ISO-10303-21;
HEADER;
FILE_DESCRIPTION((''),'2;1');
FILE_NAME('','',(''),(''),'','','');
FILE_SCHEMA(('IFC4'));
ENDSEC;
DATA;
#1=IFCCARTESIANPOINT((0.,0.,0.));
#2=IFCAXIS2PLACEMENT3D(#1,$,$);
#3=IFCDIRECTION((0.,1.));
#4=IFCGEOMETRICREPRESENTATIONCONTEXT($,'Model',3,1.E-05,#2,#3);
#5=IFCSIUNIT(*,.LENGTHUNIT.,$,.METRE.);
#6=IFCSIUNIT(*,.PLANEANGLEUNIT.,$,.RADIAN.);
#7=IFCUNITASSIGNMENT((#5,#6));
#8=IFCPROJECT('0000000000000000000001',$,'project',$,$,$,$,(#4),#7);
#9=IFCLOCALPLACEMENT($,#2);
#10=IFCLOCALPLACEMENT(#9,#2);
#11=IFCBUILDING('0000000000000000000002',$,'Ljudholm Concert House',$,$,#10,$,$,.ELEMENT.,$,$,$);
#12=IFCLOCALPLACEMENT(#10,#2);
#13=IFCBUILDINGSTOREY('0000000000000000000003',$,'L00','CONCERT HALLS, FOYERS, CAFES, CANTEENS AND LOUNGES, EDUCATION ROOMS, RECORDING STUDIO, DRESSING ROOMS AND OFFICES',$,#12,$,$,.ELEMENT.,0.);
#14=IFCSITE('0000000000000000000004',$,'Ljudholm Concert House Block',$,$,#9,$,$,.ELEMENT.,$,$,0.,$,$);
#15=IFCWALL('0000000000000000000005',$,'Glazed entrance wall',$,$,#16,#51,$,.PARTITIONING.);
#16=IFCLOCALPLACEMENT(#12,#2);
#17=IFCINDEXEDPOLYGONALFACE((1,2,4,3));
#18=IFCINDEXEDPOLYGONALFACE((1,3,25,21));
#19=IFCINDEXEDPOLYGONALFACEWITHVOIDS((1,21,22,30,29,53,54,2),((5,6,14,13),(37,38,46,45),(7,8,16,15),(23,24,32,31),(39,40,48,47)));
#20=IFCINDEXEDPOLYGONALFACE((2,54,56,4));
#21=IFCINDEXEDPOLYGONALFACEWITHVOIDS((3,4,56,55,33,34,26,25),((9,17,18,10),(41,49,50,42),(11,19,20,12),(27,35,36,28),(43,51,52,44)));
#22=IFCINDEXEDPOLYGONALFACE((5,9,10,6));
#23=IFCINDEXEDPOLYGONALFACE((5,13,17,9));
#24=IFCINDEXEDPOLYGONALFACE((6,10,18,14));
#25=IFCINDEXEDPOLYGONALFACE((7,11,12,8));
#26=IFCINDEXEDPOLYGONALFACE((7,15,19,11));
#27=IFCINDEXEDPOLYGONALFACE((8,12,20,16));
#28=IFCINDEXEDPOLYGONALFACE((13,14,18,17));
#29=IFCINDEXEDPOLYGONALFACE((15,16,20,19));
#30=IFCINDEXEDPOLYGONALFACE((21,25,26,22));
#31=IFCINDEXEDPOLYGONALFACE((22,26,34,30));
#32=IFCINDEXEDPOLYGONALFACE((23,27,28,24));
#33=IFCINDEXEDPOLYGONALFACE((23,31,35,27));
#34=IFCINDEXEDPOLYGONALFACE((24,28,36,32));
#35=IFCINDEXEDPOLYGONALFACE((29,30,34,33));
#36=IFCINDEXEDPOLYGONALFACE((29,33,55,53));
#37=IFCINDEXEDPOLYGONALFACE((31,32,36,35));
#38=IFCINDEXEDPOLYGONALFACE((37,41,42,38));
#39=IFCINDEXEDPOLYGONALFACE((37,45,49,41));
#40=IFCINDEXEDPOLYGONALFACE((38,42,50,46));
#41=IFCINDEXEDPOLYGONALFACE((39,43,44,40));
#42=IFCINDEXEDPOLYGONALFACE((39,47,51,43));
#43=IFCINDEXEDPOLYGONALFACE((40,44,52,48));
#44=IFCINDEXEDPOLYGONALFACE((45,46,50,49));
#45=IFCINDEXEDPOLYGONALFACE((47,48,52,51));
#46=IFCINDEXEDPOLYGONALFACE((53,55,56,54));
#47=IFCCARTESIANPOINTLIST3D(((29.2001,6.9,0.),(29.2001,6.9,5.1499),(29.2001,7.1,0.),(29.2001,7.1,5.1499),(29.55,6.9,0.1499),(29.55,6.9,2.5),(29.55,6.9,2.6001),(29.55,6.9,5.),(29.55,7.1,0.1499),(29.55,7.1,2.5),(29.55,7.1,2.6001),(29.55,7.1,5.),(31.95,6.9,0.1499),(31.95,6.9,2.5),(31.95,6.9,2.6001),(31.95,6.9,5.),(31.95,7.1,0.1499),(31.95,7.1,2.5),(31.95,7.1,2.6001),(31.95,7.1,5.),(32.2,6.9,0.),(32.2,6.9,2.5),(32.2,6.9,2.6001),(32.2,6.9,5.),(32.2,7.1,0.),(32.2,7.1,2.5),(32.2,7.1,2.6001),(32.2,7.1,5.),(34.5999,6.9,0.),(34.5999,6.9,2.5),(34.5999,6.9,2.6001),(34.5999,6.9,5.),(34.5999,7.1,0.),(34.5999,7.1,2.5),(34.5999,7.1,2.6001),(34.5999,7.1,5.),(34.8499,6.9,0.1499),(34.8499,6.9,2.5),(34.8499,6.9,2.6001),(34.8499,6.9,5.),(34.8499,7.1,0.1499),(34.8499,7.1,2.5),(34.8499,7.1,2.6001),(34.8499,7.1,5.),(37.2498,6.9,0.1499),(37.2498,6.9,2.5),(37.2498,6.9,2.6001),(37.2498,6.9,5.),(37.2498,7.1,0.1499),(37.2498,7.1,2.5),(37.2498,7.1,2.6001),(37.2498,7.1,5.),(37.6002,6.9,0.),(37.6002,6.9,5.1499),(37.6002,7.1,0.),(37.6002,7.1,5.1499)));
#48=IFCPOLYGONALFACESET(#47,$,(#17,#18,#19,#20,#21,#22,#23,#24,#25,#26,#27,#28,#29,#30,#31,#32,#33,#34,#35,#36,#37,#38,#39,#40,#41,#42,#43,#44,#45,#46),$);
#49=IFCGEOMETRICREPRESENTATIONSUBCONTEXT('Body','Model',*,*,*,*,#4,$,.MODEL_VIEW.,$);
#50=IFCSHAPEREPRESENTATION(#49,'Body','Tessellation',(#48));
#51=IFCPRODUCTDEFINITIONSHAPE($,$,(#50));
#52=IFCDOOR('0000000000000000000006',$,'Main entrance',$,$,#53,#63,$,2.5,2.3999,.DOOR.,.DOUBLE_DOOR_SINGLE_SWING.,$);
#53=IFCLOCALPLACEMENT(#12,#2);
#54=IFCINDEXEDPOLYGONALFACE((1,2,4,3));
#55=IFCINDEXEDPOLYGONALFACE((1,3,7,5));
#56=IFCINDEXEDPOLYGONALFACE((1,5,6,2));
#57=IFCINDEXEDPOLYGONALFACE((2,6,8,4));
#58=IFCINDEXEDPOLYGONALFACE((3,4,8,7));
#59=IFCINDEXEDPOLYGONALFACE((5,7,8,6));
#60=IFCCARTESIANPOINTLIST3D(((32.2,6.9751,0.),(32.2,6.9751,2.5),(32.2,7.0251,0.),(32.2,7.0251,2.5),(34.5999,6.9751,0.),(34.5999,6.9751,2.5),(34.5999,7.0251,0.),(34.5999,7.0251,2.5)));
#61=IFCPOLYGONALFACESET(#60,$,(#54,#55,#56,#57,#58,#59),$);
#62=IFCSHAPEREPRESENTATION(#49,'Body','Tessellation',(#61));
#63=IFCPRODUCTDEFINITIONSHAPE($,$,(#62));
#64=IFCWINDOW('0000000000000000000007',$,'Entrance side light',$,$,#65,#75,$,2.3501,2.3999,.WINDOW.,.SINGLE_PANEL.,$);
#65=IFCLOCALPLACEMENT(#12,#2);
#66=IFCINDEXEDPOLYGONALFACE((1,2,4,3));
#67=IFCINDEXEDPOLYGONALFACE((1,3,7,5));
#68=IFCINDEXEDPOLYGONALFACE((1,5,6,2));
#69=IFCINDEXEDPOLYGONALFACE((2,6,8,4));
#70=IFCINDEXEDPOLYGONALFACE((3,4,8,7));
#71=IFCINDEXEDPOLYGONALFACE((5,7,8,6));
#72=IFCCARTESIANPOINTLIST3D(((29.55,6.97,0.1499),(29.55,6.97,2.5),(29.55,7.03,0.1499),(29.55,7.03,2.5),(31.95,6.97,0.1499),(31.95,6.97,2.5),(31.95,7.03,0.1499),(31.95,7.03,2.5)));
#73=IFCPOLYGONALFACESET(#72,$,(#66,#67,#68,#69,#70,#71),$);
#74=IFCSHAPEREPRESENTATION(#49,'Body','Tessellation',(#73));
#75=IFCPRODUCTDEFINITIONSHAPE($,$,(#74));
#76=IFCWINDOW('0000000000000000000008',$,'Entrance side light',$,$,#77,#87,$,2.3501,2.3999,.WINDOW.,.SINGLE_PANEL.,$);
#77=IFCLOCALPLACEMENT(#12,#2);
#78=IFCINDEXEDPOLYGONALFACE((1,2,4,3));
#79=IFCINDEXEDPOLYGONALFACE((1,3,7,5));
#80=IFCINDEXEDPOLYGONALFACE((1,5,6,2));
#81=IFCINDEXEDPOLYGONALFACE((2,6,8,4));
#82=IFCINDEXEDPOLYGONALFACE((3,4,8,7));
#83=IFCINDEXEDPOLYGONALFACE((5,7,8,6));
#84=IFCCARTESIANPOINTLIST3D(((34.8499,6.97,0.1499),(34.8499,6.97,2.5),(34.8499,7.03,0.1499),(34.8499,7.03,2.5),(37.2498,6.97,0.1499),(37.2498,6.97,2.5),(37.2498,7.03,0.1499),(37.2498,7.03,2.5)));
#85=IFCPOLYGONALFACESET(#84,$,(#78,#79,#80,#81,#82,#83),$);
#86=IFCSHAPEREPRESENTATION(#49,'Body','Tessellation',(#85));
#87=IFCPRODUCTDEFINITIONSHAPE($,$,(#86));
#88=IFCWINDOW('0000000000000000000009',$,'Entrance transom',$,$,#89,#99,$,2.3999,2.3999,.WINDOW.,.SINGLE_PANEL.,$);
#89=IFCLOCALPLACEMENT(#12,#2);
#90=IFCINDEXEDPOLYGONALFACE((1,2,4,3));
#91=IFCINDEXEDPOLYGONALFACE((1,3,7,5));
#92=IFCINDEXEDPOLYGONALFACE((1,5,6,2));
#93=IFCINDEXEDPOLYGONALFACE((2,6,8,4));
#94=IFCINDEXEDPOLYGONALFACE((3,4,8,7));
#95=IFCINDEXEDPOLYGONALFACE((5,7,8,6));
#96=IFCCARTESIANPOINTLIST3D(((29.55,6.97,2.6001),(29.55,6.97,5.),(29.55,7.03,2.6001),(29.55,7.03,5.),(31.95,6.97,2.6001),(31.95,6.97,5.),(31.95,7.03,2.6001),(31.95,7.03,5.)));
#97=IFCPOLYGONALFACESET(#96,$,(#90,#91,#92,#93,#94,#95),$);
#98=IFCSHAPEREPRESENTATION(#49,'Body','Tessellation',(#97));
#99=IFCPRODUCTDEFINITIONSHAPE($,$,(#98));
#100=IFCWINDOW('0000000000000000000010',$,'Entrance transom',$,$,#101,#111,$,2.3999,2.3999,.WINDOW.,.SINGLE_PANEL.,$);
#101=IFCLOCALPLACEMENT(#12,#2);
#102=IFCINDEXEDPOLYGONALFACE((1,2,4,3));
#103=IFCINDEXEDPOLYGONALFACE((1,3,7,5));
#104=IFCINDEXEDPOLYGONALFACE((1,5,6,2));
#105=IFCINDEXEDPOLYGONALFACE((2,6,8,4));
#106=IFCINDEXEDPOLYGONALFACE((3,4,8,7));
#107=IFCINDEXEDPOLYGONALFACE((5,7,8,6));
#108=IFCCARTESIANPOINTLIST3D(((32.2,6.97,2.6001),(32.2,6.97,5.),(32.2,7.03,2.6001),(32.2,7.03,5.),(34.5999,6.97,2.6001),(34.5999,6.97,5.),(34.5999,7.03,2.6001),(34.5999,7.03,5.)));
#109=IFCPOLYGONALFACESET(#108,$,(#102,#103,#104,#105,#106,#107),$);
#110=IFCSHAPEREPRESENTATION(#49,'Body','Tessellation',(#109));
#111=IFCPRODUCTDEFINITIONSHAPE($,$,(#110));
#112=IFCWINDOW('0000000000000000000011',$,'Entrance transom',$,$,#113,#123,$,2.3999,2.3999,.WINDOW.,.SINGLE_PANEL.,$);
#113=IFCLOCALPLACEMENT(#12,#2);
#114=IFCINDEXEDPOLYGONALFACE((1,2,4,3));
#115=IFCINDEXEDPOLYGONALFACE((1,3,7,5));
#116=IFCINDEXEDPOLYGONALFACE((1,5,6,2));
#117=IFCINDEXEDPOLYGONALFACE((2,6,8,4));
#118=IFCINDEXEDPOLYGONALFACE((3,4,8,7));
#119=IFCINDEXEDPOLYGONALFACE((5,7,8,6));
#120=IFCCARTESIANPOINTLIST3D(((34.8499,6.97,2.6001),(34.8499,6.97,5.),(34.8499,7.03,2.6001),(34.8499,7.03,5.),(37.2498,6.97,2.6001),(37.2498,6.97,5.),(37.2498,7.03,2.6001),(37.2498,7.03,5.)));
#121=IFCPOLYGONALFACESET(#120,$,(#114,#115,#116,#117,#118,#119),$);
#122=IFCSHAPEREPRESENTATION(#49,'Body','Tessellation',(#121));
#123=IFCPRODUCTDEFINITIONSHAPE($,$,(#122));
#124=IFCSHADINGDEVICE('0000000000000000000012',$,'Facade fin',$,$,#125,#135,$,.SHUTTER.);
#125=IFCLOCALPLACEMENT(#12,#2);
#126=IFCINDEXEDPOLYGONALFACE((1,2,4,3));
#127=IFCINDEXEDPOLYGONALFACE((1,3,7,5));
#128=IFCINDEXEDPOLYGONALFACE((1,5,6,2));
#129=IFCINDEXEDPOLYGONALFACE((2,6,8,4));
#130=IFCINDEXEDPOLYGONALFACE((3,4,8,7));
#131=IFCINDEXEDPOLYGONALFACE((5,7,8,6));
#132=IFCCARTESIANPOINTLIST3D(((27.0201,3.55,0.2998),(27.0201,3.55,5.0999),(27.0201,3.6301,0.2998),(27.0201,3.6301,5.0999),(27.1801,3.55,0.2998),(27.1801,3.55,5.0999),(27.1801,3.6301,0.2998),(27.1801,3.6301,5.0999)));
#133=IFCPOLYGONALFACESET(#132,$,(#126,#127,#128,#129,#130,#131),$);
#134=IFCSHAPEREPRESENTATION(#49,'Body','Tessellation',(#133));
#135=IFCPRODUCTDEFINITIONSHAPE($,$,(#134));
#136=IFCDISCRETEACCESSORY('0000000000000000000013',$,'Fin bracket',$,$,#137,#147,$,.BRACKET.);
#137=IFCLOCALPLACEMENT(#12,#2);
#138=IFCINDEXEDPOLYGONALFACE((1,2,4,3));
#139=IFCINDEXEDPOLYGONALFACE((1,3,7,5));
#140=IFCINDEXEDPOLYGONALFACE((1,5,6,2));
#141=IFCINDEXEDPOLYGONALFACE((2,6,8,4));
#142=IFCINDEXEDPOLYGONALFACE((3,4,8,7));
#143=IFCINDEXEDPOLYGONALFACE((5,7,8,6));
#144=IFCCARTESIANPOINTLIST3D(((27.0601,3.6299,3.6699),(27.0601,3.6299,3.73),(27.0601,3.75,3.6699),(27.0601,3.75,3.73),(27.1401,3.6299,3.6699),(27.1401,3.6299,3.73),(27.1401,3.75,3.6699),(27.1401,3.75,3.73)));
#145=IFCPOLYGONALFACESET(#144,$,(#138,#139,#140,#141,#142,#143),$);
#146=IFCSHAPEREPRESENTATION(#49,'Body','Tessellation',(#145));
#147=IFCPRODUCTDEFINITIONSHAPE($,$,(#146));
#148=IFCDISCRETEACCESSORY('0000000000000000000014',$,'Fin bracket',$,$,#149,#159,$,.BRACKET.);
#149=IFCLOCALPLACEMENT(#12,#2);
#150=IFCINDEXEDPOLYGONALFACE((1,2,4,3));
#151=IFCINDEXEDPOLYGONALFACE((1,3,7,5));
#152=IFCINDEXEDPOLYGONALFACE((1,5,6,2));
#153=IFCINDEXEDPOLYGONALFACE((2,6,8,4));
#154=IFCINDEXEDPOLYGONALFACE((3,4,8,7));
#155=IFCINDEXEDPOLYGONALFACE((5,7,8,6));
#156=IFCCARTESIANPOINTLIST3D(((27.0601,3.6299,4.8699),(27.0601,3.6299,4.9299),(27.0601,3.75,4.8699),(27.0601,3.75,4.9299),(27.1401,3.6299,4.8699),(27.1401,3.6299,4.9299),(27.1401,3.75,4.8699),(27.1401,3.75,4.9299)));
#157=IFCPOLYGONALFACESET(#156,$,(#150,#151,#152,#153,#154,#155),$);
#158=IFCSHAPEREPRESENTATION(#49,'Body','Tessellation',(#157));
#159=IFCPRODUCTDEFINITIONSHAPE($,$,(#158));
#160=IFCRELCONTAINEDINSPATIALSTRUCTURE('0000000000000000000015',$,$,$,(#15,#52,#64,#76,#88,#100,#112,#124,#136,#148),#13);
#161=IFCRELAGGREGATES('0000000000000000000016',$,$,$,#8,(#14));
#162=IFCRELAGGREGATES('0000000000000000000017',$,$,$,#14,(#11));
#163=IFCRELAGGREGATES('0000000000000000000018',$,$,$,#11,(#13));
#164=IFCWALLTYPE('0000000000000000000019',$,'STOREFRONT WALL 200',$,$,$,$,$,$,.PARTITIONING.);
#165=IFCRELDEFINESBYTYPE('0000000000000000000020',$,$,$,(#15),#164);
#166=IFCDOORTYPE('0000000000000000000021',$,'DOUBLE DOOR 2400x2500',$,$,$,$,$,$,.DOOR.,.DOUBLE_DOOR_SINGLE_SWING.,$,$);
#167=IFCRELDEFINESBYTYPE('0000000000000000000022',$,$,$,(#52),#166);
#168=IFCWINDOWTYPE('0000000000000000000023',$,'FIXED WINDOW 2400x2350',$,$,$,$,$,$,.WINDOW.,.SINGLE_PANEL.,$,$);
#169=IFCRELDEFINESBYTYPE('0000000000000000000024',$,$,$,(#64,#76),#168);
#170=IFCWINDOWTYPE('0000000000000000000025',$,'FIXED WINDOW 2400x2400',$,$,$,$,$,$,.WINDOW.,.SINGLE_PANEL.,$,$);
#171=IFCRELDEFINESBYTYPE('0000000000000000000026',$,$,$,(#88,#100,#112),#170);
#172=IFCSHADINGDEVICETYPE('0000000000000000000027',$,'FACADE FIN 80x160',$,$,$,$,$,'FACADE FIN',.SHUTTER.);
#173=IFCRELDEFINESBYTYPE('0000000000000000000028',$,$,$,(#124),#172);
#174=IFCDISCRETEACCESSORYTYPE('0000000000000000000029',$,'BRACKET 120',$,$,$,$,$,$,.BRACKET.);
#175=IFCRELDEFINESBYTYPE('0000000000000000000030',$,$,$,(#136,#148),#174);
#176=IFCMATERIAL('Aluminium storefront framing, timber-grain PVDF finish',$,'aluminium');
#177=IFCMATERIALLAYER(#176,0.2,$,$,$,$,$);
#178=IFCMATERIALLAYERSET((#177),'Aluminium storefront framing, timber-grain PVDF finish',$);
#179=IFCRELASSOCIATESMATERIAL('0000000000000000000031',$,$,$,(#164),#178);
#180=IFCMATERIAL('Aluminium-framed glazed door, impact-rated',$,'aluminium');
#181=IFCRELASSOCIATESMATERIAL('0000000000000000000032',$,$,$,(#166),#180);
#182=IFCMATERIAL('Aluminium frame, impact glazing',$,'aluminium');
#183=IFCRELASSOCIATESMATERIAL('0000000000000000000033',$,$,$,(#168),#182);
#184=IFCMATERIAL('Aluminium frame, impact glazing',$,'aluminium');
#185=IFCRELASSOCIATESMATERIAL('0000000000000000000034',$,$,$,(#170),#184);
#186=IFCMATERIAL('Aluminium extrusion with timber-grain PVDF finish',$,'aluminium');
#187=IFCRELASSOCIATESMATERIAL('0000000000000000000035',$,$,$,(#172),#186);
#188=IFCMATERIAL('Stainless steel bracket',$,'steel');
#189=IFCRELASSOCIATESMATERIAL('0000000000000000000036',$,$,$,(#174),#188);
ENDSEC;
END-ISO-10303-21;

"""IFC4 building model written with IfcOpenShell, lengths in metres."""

from ifc_helpers import new_model, si_unit, direction, frame, frame_2d, origin, origin_2d, place, context, subcontext, project, spatial, rectangle, extrude, material, layer, layer_set, type_object, element, fill, save


model = new_model("IFC4")

# Units and contexts
model_context = context("Model", 3, precision=1e-05, world=origin(), true_north=direction((0.0, 1.0)))
body_context = subcontext(model_context, "Body", "Model", "MODEL_VIEW")
ifc_project = project(units=[si_unit("LENGTHUNIT", "METRE"), si_unit("PLANEANGLEUNIT", "RADIAN")], contexts=[model_context])

# Site, building, storey
site_placement = place(None, origin())
site = spatial("IfcSite", under=ifc_project, at=site_placement, Name="Ljudholm Concert House Block", CompositionType="ELEMENT", RefElevation=0.0)
building_placement = place(site_placement, origin())
building = spatial("IfcBuilding", under=site, at=building_placement, Name="Ljudholm Concert House", CompositionType="ELEMENT")
storey_placement = place(building_placement, origin())
storey = spatial("IfcBuildingStorey", under=building, at=storey_placement, Name="L00", Description="CONCERT HALLS, FOYERS, CAFES, CANTEENS AND LOUNGES, EDUCATION ROOMS, RECORDING STUDIO, DRESSING ROOMS AND OFFICES", CompositionType="ELEMENT", Elevation=0.0)

# Wall, openings, door, windows
ifc_material_1 = material(Name="Aluminium storefront framing, timber-grain PVDF finish", Category="aluminium")
ifc_layer_1 = layer(ifc_material_1, 0.2)
ifc_layer_set_1 = layer_set([ifc_layer_1], Name="Aluminium storefront framing, timber-grain PVDF finish")
wall_type_1 = type_object("IfcWallType", Name="STOREFRONT WALL 200", PredefinedType="PARTITIONING", material=ifc_layer_set_1)
wall_1_placement = place(storey_placement, frame((29.2, 7.0, 0.0), z_axis=(0.0, 0.0, 1.0), x_axis=(1.0, 0.0, 0.0)))
wall_1 = element("IfcWall", 1, at=wall_1_placement, inside=storey, type_object=wall_type_1, Name="Glazed entrance wall", PredefinedType="PARTITIONING", context=body_context, shape_type="SweptSolid", body=[
    extrude(rectangle(XDim=8.4001, YDim=0.2, at=frame_2d((4.2002, 0.0))), origin(), (0.0, 0.0, 1.0), 5.1499),
])
opening_1_placement = place(wall_1_placement, frame((3.0, 0.0, 0.0)))
opening_1 = element("IfcOpeningElement", 2, at=opening_1_placement, cuts=wall_1, PredefinedType="OPENING", context=body_context, shape_type="SweptSolid", body=[
    extrude(rectangle(XDim=2.3999, YDim=2.5, at=frame_2d((1.2, 1.25))), frame((0.0, 0.1099, 0.0), z_axis=(0.0, -1.0, 0.0), x_axis=(1.0, 0.0, 0.0)), (0.0, 0.0, 1.0), 0.22),
])
opening_2_placement = place(wall_1_placement, frame((0.3501, 0.0, 0.1499)))
opening_2 = element("IfcOpeningElement", 3, at=opening_2_placement, cuts=wall_1, PredefinedType="OPENING", context=body_context, shape_type="SweptSolid", body=[
    extrude(rectangle(XDim=2.3999, YDim=2.3501, at=frame_2d((1.2, 1.175))), frame((0.0, 0.1099, 0.0), z_axis=(0.0, -1.0, 0.0), x_axis=(1.0, 0.0, 0.0)), (0.0, 0.0, 1.0), 0.22),
])
opening_3_placement = place(wall_1_placement, frame((5.6499, 0.0, 0.1499)))
opening_3 = element("IfcOpeningElement", 4, at=opening_3_placement, cuts=wall_1, PredefinedType="OPENING", context=body_context, shape_type="SweptSolid", body=[
    extrude(rectangle(XDim=2.3999, YDim=2.3501, at=frame_2d((1.2, 1.175))), frame((0.0, 0.1099, 0.0), z_axis=(0.0, -1.0, 0.0), x_axis=(1.0, 0.0, 0.0)), (0.0, 0.0, 1.0), 0.22),
])
opening_4_placement = place(wall_1_placement, frame((0.3501, 0.0, 2.6001)))
opening_4 = element("IfcOpeningElement", 5, at=opening_4_placement, cuts=wall_1, PredefinedType="OPENING", context=body_context, shape_type="SweptSolid", body=[
    extrude(rectangle(XDim=2.3999, YDim=2.3999, at=frame_2d((1.2, 1.2))), frame((0.0, 0.1099, 0.0), z_axis=(0.0, -1.0, 0.0), x_axis=(1.0, 0.0, 0.0)), (0.0, 0.0, 1.0), 0.22),
])
opening_5_placement = place(wall_1_placement, frame((3.0, 0.0, 2.6001)))
opening_5 = element("IfcOpeningElement", 6, at=opening_5_placement, cuts=wall_1, PredefinedType="OPENING", context=body_context, shape_type="SweptSolid", body=[
    extrude(rectangle(XDim=2.3999, YDim=2.3999, at=frame_2d((1.2, 1.2))), frame((0.0, 0.1099, 0.0), z_axis=(0.0, -1.0, 0.0), x_axis=(1.0, 0.0, 0.0)), (0.0, 0.0, 1.0), 0.22),
])
opening_6_placement = place(wall_1_placement, frame((5.6499, 0.0, 2.6001)))
opening_6 = element("IfcOpeningElement", 7, at=opening_6_placement, cuts=wall_1, PredefinedType="OPENING", context=body_context, shape_type="SweptSolid", body=[
    extrude(rectangle(XDim=2.3999, YDim=2.3999, at=frame_2d((1.2, 1.2))), frame((0.0, 0.1099, 0.0), z_axis=(0.0, -1.0, 0.0), x_axis=(1.0, 0.0, 0.0)), (0.0, 0.0, 1.0), 0.22),
])
ifc_material_2 = material(Name="Aluminium-framed glazed door, impact-rated", Category="aluminium")
door_type = type_object("IfcDoorType", Name="DOUBLE DOOR 2400x2500", OperationType="DOUBLE_DOOR_SINGLE_SWING", PredefinedType="DOOR", material=ifc_material_2)
door_placement = place(opening_1_placement, frame((2.3999, 0.0, 0.0), z_axis=(0.0, 0.0, 1.0), x_axis=(-1.0, 0.0, 0.0)))
door = element("IfcDoor", 8, at=door_placement, inside=storey, type_object=door_type, Name="Main entrance", OperationType="DOUBLE_DOOR_SINGLE_SWING", OverallHeight=2.5, OverallWidth=2.3999, PredefinedType="DOOR", context=body_context, shape_type="SweptSolid", body=[
    extrude(rectangle(XDim=2.3999, YDim=2.5, at=frame_2d((1.2, 1.25))), frame((0.0, 0.0249, 0.0), z_axis=(0.0, -1.0, 0.0), x_axis=(1.0, 0.0, 0.0)), (0.0, 0.0, 1.0), 0.05),
])
fill(opening_1, door)
ifc_material_3 = material(Name="Aluminium frame, impact glazing", Category="aluminium")
window_type_1 = type_object("IfcWindowType", Name="FIXED WINDOW 2400x2350", PartitioningType="SINGLE_PANEL", PredefinedType="WINDOW", material=ifc_material_3)
window_1_placement = place(opening_2_placement, origin())
window_1 = element("IfcWindow", 9, at=window_1_placement, inside=storey, type_object=window_type_1, Name="Entrance side light", OverallHeight=2.3501, OverallWidth=2.3999, PartitioningType="SINGLE_PANEL", PredefinedType="WINDOW", context=body_context, shape_type="SweptSolid", body=[
    extrude(rectangle(XDim=2.3999, YDim=2.3501, at=frame_2d((1.2, 1.175))), frame((0.0, 0.03, 0.0), z_axis=(0.0, -1.0, 0.0), x_axis=(1.0, 0.0, 0.0)), (0.0, 0.0, 1.0), 0.0601),
])
fill(opening_2, window_1)
window_2_placement = place(opening_3_placement, origin())
window_2 = element("IfcWindow", 10, at=window_2_placement, inside=storey, type_object=window_type_1, Name="Entrance side light", OverallHeight=2.3501, OverallWidth=2.3999, PartitioningType="SINGLE_PANEL", PredefinedType="WINDOW", context=body_context, shape_type="SweptSolid", body=[
    extrude(rectangle(XDim=2.3999, YDim=2.3501, at=frame_2d((1.2, 1.175))), frame((0.0, 0.03, 0.0), z_axis=(0.0, -1.0, 0.0), x_axis=(1.0, 0.0, 0.0)), (0.0, 0.0, 1.0), 0.0601),
])
fill(opening_3, window_2)
ifc_material_4 = material(Name="Aluminium frame, impact glazing", Category="aluminium")
window_type_2 = type_object("IfcWindowType", Name="FIXED WINDOW 2400x2400", PartitioningType="SINGLE_PANEL", PredefinedType="WINDOW", material=ifc_material_4)
window_3_placement = place(opening_4_placement, origin())
window_3 = element("IfcWindow", 11, at=window_3_placement, inside=storey, type_object=window_type_2, Name="Entrance transom", OverallHeight=2.3999, OverallWidth=2.3999, PartitioningType="SINGLE_PANEL", PredefinedType="WINDOW", context=body_context, shape_type="SweptSolid", body=[
    extrude(rectangle(XDim=2.3999, YDim=2.3999, at=frame_2d((1.2, 1.2))), frame((0.0, 0.03, 0.0), z_axis=(0.0, -1.0, 0.0), x_axis=(1.0, 0.0, 0.0)), (0.0, 0.0, 1.0), 0.0601),
])
fill(opening_4, window_3)
window_4_placement = place(opening_5_placement, origin())
window_4 = element("IfcWindow", 12, at=window_4_placement, inside=storey, type_object=window_type_2, Name="Entrance transom", OverallHeight=2.3999, OverallWidth=2.3999, PartitioningType="SINGLE_PANEL", PredefinedType="WINDOW", context=body_context, shape_type="SweptSolid", body=[
    extrude(rectangle(XDim=2.3999, YDim=2.3999, at=frame_2d((1.2, 1.2))), frame((0.0, 0.03, 0.0), z_axis=(0.0, -1.0, 0.0), x_axis=(1.0, 0.0, 0.0)), (0.0, 0.0, 1.0), 0.0601),
])
fill(opening_5, window_4)
window_5_placement = place(opening_6_placement, origin())
window_5 = element("IfcWindow", 13, at=window_5_placement, inside=storey, type_object=window_type_2, Name="Entrance transom", OverallHeight=2.3999, OverallWidth=2.3999, PartitioningType="SINGLE_PANEL", PredefinedType="WINDOW", context=body_context, shape_type="SweptSolid", body=[
    extrude(rectangle(XDim=2.3999, YDim=2.3999, at=frame_2d((1.2, 1.2))), frame((0.0, 0.03, 0.0), z_axis=(0.0, -1.0, 0.0), x_axis=(1.0, 0.0, 0.0)), (0.0, 0.0, 1.0), 0.0601),
])
fill(opening_6, window_5)

# Shading device
ifc_material_5 = material(Name="Aluminium extrusion with timber-grain PVDF finish", Category="aluminium")
shading_device_type = type_object("IfcShadingDeviceType", Name="FACADE FIN 80x160", ElementType="FACADE FIN", PredefinedType="SHUTTER", material=ifc_material_5)
shading_device_placement = place(storey_placement, frame((27.1001, 3.5901, 0.2998), z_axis=(0.0, 0.0, 1.0), x_axis=(0.0, -1.0, 0.0)))
element("IfcShadingDevice", 14, at=shading_device_placement, inside=storey, type_object=shading_device_type, Name="Facade fin", PredefinedType="SHUTTER", context=body_context, shape_type="SweptSolid", body=[
    extrude(rectangle(XDim=0.0801, YDim=0.1599, at=origin_2d()), origin(), (0.0, 0.0, 1.0), 4.8),
])

# Discrete accessories
ifc_material_6 = material(Name="Stainless steel bracket", Category="steel")
discrete_accessory_type = type_object("IfcDiscreteAccessoryType", Name="BRACKET 120", PredefinedType="BRACKET", material=ifc_material_6)
for number, where, z_axis, x_axis, name in (
    (15, (27.1001, 3.6899, 3.6699), (0.0, 0.0, 1.0), (0.0, -1.0, 0.0), "Fin bracket"),
    (16, (27.1001, 3.6899, 4.8699), (0.0, 0.0, 1.0), (0.0, -1.0, 0.0), "Fin bracket"),
):
    element("IfcDiscreteAccessory", number, at=place(storey_placement, frame(where, z_axis=z_axis, x_axis=x_axis)), inside=storey, type_object=discrete_accessory_type, Name=name, PredefinedType="BRACKET", context=body_context, shape_type="SweptSolid", body=[
        extrude(rectangle(XDim=0.1201, YDim=0.0801, at=origin_2d()), origin(), (0.0, 0.0, 1.0), 0.0601),
    ])

save(model, "model.ifc")
